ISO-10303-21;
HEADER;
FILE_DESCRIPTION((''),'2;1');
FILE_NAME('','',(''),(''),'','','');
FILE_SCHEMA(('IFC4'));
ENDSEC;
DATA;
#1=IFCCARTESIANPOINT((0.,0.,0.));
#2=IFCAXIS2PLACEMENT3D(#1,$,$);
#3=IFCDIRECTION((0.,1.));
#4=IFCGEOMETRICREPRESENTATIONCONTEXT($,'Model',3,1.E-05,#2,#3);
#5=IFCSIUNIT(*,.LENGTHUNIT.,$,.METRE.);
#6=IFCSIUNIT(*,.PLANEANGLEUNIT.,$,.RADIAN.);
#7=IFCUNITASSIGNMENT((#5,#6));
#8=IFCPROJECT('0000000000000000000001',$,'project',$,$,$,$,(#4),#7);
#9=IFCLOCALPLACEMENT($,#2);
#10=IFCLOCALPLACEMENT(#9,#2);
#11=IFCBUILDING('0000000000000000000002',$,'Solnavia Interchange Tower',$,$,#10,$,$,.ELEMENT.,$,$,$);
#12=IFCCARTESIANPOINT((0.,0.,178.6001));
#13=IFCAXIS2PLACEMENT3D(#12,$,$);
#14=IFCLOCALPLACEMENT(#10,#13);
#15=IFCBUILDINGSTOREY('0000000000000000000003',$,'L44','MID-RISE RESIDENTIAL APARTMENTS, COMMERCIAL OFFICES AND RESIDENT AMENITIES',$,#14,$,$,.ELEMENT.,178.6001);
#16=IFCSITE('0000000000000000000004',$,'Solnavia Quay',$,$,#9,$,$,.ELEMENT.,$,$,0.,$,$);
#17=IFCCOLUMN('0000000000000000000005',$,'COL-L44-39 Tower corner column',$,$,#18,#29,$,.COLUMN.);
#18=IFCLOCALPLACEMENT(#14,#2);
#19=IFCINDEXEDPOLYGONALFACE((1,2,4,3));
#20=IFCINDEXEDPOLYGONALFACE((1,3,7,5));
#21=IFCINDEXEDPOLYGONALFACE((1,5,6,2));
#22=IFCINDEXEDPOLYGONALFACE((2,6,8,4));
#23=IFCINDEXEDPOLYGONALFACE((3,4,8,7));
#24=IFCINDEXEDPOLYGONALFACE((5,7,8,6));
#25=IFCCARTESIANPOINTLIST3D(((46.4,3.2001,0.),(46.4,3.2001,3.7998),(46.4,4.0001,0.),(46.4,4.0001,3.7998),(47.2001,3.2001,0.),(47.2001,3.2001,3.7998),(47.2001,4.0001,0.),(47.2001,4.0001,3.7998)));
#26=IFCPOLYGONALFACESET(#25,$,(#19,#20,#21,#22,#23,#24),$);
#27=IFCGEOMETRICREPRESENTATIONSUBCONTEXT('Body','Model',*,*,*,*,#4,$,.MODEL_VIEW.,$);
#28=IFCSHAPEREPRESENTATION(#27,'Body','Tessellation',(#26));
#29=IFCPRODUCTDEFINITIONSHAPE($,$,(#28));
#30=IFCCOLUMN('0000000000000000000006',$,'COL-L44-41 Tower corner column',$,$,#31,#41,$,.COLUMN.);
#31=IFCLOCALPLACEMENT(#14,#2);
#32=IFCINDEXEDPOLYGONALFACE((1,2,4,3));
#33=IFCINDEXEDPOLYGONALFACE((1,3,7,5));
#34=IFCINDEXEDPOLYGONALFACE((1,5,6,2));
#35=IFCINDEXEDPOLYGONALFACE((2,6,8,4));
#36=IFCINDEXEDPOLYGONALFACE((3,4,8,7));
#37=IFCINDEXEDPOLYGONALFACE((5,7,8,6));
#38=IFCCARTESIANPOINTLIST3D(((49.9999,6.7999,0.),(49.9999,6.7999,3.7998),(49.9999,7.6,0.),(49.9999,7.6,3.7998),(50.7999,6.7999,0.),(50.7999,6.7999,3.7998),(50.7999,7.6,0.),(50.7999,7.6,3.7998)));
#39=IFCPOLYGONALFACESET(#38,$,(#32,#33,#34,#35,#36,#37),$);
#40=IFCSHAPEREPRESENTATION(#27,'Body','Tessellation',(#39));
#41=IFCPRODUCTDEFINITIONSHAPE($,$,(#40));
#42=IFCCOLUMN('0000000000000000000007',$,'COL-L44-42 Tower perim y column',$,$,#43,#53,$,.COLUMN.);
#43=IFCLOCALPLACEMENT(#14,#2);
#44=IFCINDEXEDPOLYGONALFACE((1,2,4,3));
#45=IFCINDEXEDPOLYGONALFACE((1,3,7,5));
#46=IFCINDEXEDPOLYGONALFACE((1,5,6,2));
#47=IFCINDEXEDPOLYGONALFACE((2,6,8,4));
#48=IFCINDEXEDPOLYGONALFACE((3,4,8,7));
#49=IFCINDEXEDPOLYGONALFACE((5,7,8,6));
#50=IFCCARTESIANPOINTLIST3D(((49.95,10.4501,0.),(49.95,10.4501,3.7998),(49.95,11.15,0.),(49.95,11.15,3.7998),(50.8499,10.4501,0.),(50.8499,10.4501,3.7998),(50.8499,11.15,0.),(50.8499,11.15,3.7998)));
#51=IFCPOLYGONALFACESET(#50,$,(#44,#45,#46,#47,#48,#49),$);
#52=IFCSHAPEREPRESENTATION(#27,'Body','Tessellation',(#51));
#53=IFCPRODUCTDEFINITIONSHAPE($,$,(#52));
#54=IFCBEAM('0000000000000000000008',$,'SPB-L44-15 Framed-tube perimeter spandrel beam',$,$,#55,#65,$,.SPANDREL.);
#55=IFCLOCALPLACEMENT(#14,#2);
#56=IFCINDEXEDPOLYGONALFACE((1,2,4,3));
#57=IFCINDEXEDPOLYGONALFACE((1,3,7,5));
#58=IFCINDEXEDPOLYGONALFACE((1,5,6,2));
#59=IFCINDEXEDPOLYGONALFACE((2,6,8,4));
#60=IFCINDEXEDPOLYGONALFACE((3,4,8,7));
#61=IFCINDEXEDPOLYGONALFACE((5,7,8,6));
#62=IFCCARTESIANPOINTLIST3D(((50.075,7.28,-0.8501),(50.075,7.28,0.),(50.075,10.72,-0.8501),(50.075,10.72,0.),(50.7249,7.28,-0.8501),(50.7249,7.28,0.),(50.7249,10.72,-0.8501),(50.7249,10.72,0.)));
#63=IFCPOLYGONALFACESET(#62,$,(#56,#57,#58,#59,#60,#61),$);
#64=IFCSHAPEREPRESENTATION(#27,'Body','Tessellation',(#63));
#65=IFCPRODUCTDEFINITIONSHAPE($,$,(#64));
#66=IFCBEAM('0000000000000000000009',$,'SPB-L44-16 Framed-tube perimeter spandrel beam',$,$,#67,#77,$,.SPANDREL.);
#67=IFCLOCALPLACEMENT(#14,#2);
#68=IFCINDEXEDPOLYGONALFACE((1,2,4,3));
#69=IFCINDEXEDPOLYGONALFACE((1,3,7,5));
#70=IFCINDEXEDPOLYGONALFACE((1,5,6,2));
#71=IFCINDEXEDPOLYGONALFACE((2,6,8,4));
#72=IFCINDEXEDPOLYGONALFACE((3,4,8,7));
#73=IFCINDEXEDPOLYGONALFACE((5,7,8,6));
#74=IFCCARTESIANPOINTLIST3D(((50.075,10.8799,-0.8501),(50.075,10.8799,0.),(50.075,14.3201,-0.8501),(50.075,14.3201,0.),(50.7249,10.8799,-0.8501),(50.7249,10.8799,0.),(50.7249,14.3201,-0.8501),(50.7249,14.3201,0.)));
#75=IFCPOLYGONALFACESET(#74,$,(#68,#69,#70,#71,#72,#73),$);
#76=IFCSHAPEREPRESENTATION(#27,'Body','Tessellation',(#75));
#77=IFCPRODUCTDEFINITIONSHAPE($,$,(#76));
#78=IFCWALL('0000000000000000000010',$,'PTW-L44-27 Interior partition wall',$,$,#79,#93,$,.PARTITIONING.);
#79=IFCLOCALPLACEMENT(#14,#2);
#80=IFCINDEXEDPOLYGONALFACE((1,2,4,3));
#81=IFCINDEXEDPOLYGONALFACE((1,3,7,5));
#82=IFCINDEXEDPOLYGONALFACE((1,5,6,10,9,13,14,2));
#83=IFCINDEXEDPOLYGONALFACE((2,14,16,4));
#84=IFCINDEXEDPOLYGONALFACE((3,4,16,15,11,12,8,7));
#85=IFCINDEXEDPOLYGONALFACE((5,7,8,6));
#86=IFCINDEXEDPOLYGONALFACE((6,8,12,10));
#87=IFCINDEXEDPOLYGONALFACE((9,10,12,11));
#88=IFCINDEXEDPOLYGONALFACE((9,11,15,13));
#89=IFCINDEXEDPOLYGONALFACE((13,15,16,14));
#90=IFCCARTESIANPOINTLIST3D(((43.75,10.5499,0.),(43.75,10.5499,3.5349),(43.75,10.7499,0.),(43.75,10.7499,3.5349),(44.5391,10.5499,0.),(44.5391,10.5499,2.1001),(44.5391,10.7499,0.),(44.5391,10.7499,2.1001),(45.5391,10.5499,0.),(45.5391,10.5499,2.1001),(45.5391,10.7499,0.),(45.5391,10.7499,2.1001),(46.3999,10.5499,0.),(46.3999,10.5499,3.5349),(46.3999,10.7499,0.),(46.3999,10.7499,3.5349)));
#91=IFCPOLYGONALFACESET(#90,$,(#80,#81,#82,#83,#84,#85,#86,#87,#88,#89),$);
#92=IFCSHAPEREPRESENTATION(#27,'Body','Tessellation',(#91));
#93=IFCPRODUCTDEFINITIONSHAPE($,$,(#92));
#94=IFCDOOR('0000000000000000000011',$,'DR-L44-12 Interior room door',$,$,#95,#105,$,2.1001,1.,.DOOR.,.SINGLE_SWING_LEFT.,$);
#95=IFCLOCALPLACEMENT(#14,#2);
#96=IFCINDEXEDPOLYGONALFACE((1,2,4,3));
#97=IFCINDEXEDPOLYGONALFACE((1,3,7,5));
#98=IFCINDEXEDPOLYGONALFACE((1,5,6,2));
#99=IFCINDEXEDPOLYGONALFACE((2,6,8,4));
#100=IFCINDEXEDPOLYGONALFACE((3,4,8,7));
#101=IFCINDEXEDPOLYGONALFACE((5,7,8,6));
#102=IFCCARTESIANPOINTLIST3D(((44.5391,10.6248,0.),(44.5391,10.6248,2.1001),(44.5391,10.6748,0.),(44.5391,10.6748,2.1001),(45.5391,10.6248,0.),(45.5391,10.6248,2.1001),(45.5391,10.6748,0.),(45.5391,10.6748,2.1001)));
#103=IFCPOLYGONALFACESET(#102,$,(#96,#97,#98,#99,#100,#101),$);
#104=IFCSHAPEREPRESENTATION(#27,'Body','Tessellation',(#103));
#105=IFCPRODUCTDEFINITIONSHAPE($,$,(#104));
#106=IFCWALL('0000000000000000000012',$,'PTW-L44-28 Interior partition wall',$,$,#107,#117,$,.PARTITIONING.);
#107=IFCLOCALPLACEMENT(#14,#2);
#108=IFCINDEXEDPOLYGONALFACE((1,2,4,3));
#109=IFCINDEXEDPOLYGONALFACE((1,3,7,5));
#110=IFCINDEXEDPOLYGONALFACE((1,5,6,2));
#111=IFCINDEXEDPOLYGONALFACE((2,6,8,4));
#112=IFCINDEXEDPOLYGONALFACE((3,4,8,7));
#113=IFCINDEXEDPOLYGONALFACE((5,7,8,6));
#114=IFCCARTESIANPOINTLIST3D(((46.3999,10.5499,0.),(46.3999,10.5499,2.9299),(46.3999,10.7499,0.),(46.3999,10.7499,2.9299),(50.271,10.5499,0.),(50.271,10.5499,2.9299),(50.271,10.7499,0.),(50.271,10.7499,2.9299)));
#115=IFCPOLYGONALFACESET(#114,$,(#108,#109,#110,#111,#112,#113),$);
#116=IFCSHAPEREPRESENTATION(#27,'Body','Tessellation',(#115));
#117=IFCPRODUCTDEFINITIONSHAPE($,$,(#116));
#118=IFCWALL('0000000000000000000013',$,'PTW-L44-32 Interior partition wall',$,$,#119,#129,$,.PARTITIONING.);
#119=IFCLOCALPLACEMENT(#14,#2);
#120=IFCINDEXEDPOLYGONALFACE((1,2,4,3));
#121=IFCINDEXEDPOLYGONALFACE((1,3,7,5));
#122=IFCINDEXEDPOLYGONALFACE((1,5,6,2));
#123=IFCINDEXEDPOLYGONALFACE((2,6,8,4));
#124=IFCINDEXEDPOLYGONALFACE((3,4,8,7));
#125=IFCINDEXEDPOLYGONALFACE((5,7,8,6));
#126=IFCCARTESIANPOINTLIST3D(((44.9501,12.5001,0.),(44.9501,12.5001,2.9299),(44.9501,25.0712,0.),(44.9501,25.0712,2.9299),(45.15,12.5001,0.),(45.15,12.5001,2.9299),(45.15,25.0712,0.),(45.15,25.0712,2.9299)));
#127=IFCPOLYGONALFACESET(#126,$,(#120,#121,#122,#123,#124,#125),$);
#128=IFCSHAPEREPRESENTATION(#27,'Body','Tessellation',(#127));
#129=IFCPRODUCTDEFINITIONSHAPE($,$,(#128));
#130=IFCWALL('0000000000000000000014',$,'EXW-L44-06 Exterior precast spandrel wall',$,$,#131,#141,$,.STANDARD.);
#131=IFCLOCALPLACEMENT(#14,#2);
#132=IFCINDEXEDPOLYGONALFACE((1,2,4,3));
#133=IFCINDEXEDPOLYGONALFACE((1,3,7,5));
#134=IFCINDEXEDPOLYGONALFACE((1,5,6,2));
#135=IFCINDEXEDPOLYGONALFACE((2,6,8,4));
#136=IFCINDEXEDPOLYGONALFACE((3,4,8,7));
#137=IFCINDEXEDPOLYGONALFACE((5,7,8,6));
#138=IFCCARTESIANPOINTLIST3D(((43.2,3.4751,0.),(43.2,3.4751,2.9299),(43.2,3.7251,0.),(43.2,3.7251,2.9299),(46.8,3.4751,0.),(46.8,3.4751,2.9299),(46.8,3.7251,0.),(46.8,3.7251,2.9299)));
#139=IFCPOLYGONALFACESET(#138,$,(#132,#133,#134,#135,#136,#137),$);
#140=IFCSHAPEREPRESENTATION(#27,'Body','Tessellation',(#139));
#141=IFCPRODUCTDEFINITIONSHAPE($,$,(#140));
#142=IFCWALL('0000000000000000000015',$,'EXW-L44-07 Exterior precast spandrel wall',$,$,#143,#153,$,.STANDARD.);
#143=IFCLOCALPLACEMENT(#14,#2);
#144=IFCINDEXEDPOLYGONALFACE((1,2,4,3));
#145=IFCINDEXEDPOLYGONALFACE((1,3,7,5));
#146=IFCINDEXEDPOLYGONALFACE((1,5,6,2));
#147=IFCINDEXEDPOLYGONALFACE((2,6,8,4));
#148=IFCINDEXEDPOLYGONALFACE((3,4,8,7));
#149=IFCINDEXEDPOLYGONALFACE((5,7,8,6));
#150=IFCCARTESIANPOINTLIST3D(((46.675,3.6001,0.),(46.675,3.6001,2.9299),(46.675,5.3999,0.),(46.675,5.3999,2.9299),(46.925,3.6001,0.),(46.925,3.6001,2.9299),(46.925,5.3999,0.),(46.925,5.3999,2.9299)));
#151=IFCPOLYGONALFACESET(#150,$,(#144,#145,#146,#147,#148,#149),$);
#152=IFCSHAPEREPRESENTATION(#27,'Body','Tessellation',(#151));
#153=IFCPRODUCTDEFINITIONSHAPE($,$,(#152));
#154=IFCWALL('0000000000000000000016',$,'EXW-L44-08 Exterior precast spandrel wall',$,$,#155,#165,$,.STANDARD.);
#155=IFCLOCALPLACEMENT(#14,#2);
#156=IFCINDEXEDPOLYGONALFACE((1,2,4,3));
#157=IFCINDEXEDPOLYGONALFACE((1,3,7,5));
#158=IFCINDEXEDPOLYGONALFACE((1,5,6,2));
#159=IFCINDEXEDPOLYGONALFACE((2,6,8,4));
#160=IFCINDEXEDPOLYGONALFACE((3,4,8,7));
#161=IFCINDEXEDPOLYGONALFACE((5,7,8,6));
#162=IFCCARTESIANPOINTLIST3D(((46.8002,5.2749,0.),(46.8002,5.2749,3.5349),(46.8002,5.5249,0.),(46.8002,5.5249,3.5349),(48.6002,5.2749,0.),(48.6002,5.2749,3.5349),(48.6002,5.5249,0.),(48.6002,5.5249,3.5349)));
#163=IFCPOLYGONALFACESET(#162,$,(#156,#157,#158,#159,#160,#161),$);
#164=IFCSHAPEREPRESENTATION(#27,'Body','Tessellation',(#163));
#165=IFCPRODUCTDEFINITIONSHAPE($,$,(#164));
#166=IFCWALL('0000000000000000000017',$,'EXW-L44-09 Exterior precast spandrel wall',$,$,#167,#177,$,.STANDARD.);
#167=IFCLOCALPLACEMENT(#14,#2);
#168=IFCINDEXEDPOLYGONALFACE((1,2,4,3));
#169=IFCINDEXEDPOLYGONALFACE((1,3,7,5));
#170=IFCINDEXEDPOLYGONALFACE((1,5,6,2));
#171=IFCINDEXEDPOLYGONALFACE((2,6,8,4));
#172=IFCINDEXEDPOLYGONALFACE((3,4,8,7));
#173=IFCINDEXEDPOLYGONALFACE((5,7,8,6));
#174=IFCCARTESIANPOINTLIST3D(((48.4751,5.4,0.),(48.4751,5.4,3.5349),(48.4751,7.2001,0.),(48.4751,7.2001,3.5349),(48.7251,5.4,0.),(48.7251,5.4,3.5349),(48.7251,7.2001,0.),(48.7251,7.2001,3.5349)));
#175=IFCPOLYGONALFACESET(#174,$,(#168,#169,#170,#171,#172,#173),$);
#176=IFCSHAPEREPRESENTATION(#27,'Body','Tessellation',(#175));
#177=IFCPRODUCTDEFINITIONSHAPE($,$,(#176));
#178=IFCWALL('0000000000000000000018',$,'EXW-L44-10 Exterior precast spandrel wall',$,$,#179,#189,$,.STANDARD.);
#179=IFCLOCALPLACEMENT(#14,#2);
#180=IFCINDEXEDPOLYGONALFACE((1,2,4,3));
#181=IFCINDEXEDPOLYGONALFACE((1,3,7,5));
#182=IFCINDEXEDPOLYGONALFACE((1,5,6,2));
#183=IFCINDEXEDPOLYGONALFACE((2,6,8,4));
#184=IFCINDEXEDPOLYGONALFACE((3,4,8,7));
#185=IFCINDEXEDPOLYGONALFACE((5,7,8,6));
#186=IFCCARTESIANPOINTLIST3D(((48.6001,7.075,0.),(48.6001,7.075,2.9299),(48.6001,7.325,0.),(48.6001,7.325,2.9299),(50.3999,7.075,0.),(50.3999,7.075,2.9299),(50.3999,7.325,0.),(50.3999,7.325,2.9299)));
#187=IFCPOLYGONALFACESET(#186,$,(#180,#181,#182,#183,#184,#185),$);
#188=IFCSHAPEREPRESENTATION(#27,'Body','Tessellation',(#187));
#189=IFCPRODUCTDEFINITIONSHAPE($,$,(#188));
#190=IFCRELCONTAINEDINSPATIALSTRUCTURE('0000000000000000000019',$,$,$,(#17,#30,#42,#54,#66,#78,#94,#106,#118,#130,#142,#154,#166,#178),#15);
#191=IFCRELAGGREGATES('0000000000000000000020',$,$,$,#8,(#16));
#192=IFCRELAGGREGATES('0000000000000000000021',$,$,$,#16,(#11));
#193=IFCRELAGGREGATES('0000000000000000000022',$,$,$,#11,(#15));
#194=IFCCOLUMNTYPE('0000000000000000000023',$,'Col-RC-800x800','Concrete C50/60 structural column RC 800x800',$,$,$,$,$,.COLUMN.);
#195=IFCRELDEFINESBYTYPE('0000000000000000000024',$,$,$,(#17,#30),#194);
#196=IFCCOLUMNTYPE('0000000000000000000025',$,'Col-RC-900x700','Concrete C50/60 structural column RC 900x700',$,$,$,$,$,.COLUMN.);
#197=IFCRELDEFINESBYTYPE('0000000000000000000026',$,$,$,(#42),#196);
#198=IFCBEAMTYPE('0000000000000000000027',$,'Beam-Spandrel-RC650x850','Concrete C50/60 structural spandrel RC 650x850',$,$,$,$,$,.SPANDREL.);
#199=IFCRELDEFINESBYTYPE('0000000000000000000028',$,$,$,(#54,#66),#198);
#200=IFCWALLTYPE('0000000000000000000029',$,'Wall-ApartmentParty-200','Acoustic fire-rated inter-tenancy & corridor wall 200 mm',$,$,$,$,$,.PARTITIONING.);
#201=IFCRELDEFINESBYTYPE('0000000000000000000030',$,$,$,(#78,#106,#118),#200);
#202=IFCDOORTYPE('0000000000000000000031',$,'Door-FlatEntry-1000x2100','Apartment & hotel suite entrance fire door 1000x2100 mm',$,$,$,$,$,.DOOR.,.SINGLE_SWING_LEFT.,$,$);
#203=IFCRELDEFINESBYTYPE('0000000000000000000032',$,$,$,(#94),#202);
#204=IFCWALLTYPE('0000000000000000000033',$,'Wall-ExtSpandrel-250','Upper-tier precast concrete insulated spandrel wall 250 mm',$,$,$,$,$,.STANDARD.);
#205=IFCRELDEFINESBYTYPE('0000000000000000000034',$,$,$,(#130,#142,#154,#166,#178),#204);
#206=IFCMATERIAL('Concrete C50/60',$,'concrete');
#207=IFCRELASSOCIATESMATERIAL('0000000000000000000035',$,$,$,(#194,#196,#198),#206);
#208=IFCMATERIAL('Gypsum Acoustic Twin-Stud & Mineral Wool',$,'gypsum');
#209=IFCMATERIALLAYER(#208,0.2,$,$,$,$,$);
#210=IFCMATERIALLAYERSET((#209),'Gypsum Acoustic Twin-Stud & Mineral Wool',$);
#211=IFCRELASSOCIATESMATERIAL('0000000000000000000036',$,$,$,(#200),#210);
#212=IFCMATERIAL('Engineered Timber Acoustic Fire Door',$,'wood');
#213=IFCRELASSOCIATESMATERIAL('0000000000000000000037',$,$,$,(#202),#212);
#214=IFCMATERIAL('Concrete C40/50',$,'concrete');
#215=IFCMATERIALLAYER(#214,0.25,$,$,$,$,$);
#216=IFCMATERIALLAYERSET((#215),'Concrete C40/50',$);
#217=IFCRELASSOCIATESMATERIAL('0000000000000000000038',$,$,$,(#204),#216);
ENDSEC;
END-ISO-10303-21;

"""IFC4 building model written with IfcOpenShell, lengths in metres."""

from ifc_helpers import new_model, si_unit, direction, frame, frame_2d, origin, origin_2d, place, context, subcontext, project, spatial, rectangle, extrude, material, layer, layer_set, material_profile, profile_set, type_object, element, fill, save


model = new_model("IFC4")

# Units and contexts
model_context = context("Model", 3, precision=1e-05, world=origin(), true_north=direction((0.0, 1.0)))
body_context = subcontext(model_context, "Body", "Model", "MODEL_VIEW")
ifc_project = project(units=[si_unit("LENGTHUNIT", "METRE"), si_unit("PLANEANGLEUNIT", "RADIAN")], contexts=[model_context])

# Site, building, storey
site_placement = place(None, origin())
site = spatial("IfcSite", under=ifc_project, at=site_placement, Name="Solnavia Quay", CompositionType="ELEMENT", RefElevation=0.0)
building_placement = place(site_placement, origin())
building = spatial("IfcBuilding", under=site, at=building_placement, Name="Solnavia Interchange Tower", CompositionType="ELEMENT")
storey_placement = place(building_placement, frame((0.0, 0.0, 178.6001)))
storey = spatial("IfcBuildingStorey", under=building, at=storey_placement, Name="L44", Description="MID-RISE RESIDENTIAL APARTMENTS, COMMERCIAL OFFICES AND RESIDENT AMENITIES", CompositionType="ELEMENT", Elevation=178.6001)

# Columns
ifc_material_1 = material(Name="Concrete C50/60", Category="concrete")
ifc_material_profile_1 = material_profile(ifc_material_1, rectangle(XDim=0.8, YDim=0.8, at=origin_2d()), Name="RC 800x800")
ifc_profile_set_1 = profile_set([ifc_material_profile_1], Name="Concrete C50/60")
column_type_1 = type_object("IfcColumnType", Name="Col-RC-800x800", Description="Concrete C50/60 structural column RC 800x800", PredefinedType="COLUMN", material=ifc_profile_set_1)
for number, where, z_axis, x_axis, name in (
    (1, (46.8, 3.6001, 0.0), (0.0, 0.0, 1.0), (1.0, 0.0, 0.0), "COL-L44-39 Tower corner column"),
    (2, (50.3999, 7.2, 0.0), (0.0, 0.0, 1.0), (1.0, 0.0, 0.0), "COL-L44-41 Tower corner column"),
):
    element("IfcColumn", number, at=place(storey_placement, frame(where, z_axis=z_axis, x_axis=x_axis)), inside=storey, type_object=column_type_1, Name=name, PredefinedType="COLUMN", context=body_context, shape_type="SweptSolid", body=[
        extrude(rectangle(XDim=0.8, YDim=0.8, at=origin_2d()), origin(), (0.0, 0.0, 1.0), 3.7998),
    ])
ifc_material_profile_2 = material_profile(ifc_material_1, rectangle(XDim=0.7, YDim=0.8999, at=origin_2d()), Name="RC 900x700")
ifc_profile_set_2 = profile_set([ifc_material_profile_2], Name="Concrete C50/60")
column_type_2 = type_object("IfcColumnType", Name="Col-RC-900x700", Description="Concrete C50/60 structural column RC 900x700", PredefinedType="COLUMN", material=ifc_profile_set_2)
column_placement = place(storey_placement, frame((50.3999, 10.8, 0.0), z_axis=(0.0, 0.0, 1.0), x_axis=(0.0, 1.0, 0.0)))
element("IfcColumn", 3, at=column_placement, inside=storey, type_object=column_type_2, Name="COL-L44-42 Tower perim y column", PredefinedType="COLUMN", context=body_context, shape_type="SweptSolid", body=[
    extrude(rectangle(XDim=0.7, YDim=0.8999, at=origin_2d()), origin(), (0.0, 0.0, 1.0), 3.7998),
])

# Beams
ifc_material_profile_3 = material_profile(ifc_material_1, rectangle(XDim=0.6499, YDim=0.8501, at=origin_2d()), Name="RC 650x850")
ifc_profile_set_3 = profile_set([ifc_material_profile_3], Name="Concrete C50/60")
beam_type = type_object("IfcBeamType", Name="Beam-Spandrel-RC650x850", Description="Concrete C50/60 structural spandrel RC 650x850", PredefinedType="SPANDREL", material=ifc_profile_set_3)
beam_1_placement = place(storey_placement, frame((50.3999, 7.28, -0.425), z_axis=(0.0, 1.0, 0.0), x_axis=(-1.0, 0.0, 0.0)))
element("IfcBeam", 4, at=beam_1_placement, inside=storey, type_object=beam_type, Name="SPB-L44-15 Framed-tube perimeter spandrel beam", PredefinedType="SPANDREL", context=body_context, shape_type="SweptSolid", body=[
    extrude(rectangle(XDim=0.6499, YDim=0.8501, at=origin_2d()), origin(), (0.0, 0.0, 1.0), 3.4399),
])
beam_2_placement = place(storey_placement, frame((50.3999, 10.8799, -0.425), z_axis=(0.0, 1.0, 0.0), x_axis=(-1.0, 0.0, 0.0)))
element("IfcBeam", 5, at=beam_2_placement, inside=storey, type_object=beam_type, Name="SPB-L44-16 Framed-tube perimeter spandrel beam", PredefinedType="SPANDREL", context=body_context, shape_type="SweptSolid", body=[
    extrude(rectangle(XDim=0.6499, YDim=0.8501, at=origin_2d()), origin(), (0.0, 0.0, 1.0), 3.4402),
])

# Wall, opening, door
ifc_material_2 = material(Name="Gypsum Acoustic Twin-Stud & Mineral Wool", Category="gypsum")
ifc_layer_1 = layer(ifc_material_2, 0.2)
ifc_layer_set_1 = layer_set([ifc_layer_1], Name="Gypsum Acoustic Twin-Stud & Mineral Wool")
wall_type_1 = type_object("IfcWallType", Name="Wall-ApartmentParty-200", Description="Acoustic fire-rated inter-tenancy & corridor wall 200 mm", PredefinedType="PARTITIONING", material=ifc_layer_set_1)
wall_1_placement = place(storey_placement, frame((43.75, 10.6499, 0.0), z_axis=(0.0, 0.0, 1.0), x_axis=(1.0, 0.0, 0.0)))
wall_1 = element("IfcWall", 6, at=wall_1_placement, inside=storey, type_object=wall_type_1, Name="PTW-L44-27 Interior partition wall", PredefinedType="PARTITIONING", context=body_context, shape_type="SweptSolid", body=[
    extrude(rectangle(XDim=2.6499, YDim=0.2, at=frame_2d((1.325, 0.0))), origin(), (0.0, 0.0, 1.0), 3.5349),
])
opening_1_placement = place(wall_1_placement, frame((0.7891, 0.0, 0.0)))
opening_1 = element("IfcOpeningElement", 7, at=opening_1_placement, cuts=wall_1, PredefinedType="OPENING", context=body_context, shape_type="SweptSolid", body=[
    extrude(rectangle(XDim=1.0, YDim=2.1001, at=frame_2d((0.5, 1.05))), frame((0.0, 0.1099, 0.0), z_axis=(0.0, -1.0, 0.0), x_axis=(1.0, 0.0, 0.0)), (0.0, 0.0, 1.0), 0.22),
])
ifc_material_3 = material(Name="Engineered Timber Acoustic Fire Door", Category="wood")
door_type_1 = type_object("IfcDoorType", Name="Door-FlatEntry-1000x2100", Description="Apartment & hotel suite entrance fire door 1000x2100 mm", OperationType="SINGLE_SWING_LEFT", PredefinedType="DOOR", material=ifc_material_3)
door_1_placement = place(opening_1_placement, origin())
door_1 = element("IfcDoor", 8, at=door_1_placement, inside=storey, type_object=door_type_1, Name="DR-L44-12 Interior room door", OperationType="SINGLE_SWING_LEFT", OverallHeight=2.1001, OverallWidth=1.0, PredefinedType="DOOR", context=body_context, shape_type="SweptSolid", body=[
    extrude(rectangle(XDim=1.0, YDim=2.1001, at=frame_2d((0.5, 1.05))), frame((0.0, 0.0249, 0.0), z_axis=(0.0, -1.0, 0.0), x_axis=(1.0, 0.0, 0.0)), (0.0, 0.0, 1.0), 0.05),
])
fill(opening_1, door_1)

# Walls
wall_2_placement = place(storey_placement, frame((46.3999, 10.6499, 0.0), z_axis=(0.0, 0.0, 1.0), x_axis=(1.0, 0.0, 0.0)))
element("IfcWall", 9, at=wall_2_placement, inside=storey, type_object=wall_type_1, Name="PTW-L44-28 Interior partition wall", PredefinedType="PARTITIONING", context=body_context, shape_type="SweptSolid", body=[
    extrude(rectangle(XDim=3.8711, YDim=0.2, at=frame_2d((1.9355, 0.0))), origin(), (0.0, 0.0, 1.0), 2.9299),
])
wall_3_placement = place(storey_placement, frame((45.05, 12.5, 0.0), z_axis=(0.0, 0.0, 1.0), x_axis=(0.0, 1.0, 0.0)))
element("IfcWall", 10, at=wall_3_placement, inside=storey, type_object=wall_type_1, Name="PTW-L44-32 Interior partition wall", PredefinedType="PARTITIONING", context=body_context, shape_type="SweptSolid", body=[
    extrude(rectangle(XDim=12.571, YDim=0.2, at=frame_2d((6.2856, 0.0))), origin(), (0.0, 0.0, 1.0), 2.9299),
])
ifc_material_4 = material(Name="Concrete C40/50", Category="concrete")
ifc_layer_2 = layer(ifc_material_4, 0.25)
ifc_layer_set_2 = layer_set([ifc_layer_2], Name="Concrete C40/50")
wall_type_2 = type_object("IfcWallType", Name="Wall-ExtSpandrel-250", Description="Upper-tier precast concrete insulated spandrel wall 250 mm", PredefinedType="STANDARD", material=ifc_layer_set_2)
wall_4_placement = place(storey_placement, frame((46.8, 3.6001, 0.0), z_axis=(0.0, 0.0, 1.0), x_axis=(-1.0, 0.0, 0.0)))
element("IfcWall", 11, at=wall_4_placement, inside=storey, type_object=wall_type_2, Name="EXW-L44-06 Exterior precast spandrel wall", PredefinedType="STANDARD", context=body_context, shape_type="SweptSolid", body=[
    extrude(rectangle(XDim=3.6001, YDim=0.25, at=frame_2d((1.8, 0.0))), origin(), (0.0, 0.0, 1.0), 2.9299),
])
wall_5_placement = place(storey_placement, frame((46.8, 5.3999, 0.0), z_axis=(0.0, 0.0, 1.0), x_axis=(0.0, -1.0, 0.0)))
element("IfcWall", 12, at=wall_5_placement, inside=storey, type_object=wall_type_2, Name="EXW-L44-07 Exterior precast spandrel wall", PredefinedType="STANDARD", context=body_context, shape_type="SweptSolid", body=[
    extrude(rectangle(XDim=1.7998, YDim=0.25, at=frame_2d((0.8999, 0.0))), origin(), (0.0, 0.0, 1.0), 2.9299),
])
for number, where, z_axis, x_axis, name in (
    (13, (48.6001, 5.3999, 0.0), (0.0, 0.0, 1.0), (-1.0, 0.0, 0.0), "EXW-L44-08 Exterior precast spandrel wall"),
    (14, (48.6001, 7.2, 0.0), (0.0, 0.0, 1.0), (0.0, -1.0, 0.0), "EXW-L44-09 Exterior precast spandrel wall"),
):
    element("IfcWall", number, at=place(storey_placement, frame(where, z_axis=z_axis, x_axis=x_axis)), inside=storey, type_object=wall_type_2, Name=name, PredefinedType="STANDARD", context=body_context, shape_type="SweptSolid", body=[
        extrude(rectangle(XDim=1.8, YDim=0.25, at=frame_2d((0.8999, 0.0))), origin(), (0.0, 0.0, 1.0), 3.5349),
    ])
wall_6_placement = place(storey_placement, frame((50.3999, 7.2, 0.0), z_axis=(0.0, 0.0, 1.0), x_axis=(-1.0, 0.0, 0.0)))
element("IfcWall", 15, at=wall_6_placement, inside=storey, type_object=wall_type_2, Name="EXW-L44-10 Exterior precast spandrel wall", PredefinedType="STANDARD", context=body_context, shape_type="SweptSolid", body=[
    extrude(rectangle(XDim=1.7998, YDim=0.25, at=frame_2d((0.8999, 0.0))), origin(), (0.0, 0.0, 1.0), 2.9299),
])

save(model, "model.ifc")
